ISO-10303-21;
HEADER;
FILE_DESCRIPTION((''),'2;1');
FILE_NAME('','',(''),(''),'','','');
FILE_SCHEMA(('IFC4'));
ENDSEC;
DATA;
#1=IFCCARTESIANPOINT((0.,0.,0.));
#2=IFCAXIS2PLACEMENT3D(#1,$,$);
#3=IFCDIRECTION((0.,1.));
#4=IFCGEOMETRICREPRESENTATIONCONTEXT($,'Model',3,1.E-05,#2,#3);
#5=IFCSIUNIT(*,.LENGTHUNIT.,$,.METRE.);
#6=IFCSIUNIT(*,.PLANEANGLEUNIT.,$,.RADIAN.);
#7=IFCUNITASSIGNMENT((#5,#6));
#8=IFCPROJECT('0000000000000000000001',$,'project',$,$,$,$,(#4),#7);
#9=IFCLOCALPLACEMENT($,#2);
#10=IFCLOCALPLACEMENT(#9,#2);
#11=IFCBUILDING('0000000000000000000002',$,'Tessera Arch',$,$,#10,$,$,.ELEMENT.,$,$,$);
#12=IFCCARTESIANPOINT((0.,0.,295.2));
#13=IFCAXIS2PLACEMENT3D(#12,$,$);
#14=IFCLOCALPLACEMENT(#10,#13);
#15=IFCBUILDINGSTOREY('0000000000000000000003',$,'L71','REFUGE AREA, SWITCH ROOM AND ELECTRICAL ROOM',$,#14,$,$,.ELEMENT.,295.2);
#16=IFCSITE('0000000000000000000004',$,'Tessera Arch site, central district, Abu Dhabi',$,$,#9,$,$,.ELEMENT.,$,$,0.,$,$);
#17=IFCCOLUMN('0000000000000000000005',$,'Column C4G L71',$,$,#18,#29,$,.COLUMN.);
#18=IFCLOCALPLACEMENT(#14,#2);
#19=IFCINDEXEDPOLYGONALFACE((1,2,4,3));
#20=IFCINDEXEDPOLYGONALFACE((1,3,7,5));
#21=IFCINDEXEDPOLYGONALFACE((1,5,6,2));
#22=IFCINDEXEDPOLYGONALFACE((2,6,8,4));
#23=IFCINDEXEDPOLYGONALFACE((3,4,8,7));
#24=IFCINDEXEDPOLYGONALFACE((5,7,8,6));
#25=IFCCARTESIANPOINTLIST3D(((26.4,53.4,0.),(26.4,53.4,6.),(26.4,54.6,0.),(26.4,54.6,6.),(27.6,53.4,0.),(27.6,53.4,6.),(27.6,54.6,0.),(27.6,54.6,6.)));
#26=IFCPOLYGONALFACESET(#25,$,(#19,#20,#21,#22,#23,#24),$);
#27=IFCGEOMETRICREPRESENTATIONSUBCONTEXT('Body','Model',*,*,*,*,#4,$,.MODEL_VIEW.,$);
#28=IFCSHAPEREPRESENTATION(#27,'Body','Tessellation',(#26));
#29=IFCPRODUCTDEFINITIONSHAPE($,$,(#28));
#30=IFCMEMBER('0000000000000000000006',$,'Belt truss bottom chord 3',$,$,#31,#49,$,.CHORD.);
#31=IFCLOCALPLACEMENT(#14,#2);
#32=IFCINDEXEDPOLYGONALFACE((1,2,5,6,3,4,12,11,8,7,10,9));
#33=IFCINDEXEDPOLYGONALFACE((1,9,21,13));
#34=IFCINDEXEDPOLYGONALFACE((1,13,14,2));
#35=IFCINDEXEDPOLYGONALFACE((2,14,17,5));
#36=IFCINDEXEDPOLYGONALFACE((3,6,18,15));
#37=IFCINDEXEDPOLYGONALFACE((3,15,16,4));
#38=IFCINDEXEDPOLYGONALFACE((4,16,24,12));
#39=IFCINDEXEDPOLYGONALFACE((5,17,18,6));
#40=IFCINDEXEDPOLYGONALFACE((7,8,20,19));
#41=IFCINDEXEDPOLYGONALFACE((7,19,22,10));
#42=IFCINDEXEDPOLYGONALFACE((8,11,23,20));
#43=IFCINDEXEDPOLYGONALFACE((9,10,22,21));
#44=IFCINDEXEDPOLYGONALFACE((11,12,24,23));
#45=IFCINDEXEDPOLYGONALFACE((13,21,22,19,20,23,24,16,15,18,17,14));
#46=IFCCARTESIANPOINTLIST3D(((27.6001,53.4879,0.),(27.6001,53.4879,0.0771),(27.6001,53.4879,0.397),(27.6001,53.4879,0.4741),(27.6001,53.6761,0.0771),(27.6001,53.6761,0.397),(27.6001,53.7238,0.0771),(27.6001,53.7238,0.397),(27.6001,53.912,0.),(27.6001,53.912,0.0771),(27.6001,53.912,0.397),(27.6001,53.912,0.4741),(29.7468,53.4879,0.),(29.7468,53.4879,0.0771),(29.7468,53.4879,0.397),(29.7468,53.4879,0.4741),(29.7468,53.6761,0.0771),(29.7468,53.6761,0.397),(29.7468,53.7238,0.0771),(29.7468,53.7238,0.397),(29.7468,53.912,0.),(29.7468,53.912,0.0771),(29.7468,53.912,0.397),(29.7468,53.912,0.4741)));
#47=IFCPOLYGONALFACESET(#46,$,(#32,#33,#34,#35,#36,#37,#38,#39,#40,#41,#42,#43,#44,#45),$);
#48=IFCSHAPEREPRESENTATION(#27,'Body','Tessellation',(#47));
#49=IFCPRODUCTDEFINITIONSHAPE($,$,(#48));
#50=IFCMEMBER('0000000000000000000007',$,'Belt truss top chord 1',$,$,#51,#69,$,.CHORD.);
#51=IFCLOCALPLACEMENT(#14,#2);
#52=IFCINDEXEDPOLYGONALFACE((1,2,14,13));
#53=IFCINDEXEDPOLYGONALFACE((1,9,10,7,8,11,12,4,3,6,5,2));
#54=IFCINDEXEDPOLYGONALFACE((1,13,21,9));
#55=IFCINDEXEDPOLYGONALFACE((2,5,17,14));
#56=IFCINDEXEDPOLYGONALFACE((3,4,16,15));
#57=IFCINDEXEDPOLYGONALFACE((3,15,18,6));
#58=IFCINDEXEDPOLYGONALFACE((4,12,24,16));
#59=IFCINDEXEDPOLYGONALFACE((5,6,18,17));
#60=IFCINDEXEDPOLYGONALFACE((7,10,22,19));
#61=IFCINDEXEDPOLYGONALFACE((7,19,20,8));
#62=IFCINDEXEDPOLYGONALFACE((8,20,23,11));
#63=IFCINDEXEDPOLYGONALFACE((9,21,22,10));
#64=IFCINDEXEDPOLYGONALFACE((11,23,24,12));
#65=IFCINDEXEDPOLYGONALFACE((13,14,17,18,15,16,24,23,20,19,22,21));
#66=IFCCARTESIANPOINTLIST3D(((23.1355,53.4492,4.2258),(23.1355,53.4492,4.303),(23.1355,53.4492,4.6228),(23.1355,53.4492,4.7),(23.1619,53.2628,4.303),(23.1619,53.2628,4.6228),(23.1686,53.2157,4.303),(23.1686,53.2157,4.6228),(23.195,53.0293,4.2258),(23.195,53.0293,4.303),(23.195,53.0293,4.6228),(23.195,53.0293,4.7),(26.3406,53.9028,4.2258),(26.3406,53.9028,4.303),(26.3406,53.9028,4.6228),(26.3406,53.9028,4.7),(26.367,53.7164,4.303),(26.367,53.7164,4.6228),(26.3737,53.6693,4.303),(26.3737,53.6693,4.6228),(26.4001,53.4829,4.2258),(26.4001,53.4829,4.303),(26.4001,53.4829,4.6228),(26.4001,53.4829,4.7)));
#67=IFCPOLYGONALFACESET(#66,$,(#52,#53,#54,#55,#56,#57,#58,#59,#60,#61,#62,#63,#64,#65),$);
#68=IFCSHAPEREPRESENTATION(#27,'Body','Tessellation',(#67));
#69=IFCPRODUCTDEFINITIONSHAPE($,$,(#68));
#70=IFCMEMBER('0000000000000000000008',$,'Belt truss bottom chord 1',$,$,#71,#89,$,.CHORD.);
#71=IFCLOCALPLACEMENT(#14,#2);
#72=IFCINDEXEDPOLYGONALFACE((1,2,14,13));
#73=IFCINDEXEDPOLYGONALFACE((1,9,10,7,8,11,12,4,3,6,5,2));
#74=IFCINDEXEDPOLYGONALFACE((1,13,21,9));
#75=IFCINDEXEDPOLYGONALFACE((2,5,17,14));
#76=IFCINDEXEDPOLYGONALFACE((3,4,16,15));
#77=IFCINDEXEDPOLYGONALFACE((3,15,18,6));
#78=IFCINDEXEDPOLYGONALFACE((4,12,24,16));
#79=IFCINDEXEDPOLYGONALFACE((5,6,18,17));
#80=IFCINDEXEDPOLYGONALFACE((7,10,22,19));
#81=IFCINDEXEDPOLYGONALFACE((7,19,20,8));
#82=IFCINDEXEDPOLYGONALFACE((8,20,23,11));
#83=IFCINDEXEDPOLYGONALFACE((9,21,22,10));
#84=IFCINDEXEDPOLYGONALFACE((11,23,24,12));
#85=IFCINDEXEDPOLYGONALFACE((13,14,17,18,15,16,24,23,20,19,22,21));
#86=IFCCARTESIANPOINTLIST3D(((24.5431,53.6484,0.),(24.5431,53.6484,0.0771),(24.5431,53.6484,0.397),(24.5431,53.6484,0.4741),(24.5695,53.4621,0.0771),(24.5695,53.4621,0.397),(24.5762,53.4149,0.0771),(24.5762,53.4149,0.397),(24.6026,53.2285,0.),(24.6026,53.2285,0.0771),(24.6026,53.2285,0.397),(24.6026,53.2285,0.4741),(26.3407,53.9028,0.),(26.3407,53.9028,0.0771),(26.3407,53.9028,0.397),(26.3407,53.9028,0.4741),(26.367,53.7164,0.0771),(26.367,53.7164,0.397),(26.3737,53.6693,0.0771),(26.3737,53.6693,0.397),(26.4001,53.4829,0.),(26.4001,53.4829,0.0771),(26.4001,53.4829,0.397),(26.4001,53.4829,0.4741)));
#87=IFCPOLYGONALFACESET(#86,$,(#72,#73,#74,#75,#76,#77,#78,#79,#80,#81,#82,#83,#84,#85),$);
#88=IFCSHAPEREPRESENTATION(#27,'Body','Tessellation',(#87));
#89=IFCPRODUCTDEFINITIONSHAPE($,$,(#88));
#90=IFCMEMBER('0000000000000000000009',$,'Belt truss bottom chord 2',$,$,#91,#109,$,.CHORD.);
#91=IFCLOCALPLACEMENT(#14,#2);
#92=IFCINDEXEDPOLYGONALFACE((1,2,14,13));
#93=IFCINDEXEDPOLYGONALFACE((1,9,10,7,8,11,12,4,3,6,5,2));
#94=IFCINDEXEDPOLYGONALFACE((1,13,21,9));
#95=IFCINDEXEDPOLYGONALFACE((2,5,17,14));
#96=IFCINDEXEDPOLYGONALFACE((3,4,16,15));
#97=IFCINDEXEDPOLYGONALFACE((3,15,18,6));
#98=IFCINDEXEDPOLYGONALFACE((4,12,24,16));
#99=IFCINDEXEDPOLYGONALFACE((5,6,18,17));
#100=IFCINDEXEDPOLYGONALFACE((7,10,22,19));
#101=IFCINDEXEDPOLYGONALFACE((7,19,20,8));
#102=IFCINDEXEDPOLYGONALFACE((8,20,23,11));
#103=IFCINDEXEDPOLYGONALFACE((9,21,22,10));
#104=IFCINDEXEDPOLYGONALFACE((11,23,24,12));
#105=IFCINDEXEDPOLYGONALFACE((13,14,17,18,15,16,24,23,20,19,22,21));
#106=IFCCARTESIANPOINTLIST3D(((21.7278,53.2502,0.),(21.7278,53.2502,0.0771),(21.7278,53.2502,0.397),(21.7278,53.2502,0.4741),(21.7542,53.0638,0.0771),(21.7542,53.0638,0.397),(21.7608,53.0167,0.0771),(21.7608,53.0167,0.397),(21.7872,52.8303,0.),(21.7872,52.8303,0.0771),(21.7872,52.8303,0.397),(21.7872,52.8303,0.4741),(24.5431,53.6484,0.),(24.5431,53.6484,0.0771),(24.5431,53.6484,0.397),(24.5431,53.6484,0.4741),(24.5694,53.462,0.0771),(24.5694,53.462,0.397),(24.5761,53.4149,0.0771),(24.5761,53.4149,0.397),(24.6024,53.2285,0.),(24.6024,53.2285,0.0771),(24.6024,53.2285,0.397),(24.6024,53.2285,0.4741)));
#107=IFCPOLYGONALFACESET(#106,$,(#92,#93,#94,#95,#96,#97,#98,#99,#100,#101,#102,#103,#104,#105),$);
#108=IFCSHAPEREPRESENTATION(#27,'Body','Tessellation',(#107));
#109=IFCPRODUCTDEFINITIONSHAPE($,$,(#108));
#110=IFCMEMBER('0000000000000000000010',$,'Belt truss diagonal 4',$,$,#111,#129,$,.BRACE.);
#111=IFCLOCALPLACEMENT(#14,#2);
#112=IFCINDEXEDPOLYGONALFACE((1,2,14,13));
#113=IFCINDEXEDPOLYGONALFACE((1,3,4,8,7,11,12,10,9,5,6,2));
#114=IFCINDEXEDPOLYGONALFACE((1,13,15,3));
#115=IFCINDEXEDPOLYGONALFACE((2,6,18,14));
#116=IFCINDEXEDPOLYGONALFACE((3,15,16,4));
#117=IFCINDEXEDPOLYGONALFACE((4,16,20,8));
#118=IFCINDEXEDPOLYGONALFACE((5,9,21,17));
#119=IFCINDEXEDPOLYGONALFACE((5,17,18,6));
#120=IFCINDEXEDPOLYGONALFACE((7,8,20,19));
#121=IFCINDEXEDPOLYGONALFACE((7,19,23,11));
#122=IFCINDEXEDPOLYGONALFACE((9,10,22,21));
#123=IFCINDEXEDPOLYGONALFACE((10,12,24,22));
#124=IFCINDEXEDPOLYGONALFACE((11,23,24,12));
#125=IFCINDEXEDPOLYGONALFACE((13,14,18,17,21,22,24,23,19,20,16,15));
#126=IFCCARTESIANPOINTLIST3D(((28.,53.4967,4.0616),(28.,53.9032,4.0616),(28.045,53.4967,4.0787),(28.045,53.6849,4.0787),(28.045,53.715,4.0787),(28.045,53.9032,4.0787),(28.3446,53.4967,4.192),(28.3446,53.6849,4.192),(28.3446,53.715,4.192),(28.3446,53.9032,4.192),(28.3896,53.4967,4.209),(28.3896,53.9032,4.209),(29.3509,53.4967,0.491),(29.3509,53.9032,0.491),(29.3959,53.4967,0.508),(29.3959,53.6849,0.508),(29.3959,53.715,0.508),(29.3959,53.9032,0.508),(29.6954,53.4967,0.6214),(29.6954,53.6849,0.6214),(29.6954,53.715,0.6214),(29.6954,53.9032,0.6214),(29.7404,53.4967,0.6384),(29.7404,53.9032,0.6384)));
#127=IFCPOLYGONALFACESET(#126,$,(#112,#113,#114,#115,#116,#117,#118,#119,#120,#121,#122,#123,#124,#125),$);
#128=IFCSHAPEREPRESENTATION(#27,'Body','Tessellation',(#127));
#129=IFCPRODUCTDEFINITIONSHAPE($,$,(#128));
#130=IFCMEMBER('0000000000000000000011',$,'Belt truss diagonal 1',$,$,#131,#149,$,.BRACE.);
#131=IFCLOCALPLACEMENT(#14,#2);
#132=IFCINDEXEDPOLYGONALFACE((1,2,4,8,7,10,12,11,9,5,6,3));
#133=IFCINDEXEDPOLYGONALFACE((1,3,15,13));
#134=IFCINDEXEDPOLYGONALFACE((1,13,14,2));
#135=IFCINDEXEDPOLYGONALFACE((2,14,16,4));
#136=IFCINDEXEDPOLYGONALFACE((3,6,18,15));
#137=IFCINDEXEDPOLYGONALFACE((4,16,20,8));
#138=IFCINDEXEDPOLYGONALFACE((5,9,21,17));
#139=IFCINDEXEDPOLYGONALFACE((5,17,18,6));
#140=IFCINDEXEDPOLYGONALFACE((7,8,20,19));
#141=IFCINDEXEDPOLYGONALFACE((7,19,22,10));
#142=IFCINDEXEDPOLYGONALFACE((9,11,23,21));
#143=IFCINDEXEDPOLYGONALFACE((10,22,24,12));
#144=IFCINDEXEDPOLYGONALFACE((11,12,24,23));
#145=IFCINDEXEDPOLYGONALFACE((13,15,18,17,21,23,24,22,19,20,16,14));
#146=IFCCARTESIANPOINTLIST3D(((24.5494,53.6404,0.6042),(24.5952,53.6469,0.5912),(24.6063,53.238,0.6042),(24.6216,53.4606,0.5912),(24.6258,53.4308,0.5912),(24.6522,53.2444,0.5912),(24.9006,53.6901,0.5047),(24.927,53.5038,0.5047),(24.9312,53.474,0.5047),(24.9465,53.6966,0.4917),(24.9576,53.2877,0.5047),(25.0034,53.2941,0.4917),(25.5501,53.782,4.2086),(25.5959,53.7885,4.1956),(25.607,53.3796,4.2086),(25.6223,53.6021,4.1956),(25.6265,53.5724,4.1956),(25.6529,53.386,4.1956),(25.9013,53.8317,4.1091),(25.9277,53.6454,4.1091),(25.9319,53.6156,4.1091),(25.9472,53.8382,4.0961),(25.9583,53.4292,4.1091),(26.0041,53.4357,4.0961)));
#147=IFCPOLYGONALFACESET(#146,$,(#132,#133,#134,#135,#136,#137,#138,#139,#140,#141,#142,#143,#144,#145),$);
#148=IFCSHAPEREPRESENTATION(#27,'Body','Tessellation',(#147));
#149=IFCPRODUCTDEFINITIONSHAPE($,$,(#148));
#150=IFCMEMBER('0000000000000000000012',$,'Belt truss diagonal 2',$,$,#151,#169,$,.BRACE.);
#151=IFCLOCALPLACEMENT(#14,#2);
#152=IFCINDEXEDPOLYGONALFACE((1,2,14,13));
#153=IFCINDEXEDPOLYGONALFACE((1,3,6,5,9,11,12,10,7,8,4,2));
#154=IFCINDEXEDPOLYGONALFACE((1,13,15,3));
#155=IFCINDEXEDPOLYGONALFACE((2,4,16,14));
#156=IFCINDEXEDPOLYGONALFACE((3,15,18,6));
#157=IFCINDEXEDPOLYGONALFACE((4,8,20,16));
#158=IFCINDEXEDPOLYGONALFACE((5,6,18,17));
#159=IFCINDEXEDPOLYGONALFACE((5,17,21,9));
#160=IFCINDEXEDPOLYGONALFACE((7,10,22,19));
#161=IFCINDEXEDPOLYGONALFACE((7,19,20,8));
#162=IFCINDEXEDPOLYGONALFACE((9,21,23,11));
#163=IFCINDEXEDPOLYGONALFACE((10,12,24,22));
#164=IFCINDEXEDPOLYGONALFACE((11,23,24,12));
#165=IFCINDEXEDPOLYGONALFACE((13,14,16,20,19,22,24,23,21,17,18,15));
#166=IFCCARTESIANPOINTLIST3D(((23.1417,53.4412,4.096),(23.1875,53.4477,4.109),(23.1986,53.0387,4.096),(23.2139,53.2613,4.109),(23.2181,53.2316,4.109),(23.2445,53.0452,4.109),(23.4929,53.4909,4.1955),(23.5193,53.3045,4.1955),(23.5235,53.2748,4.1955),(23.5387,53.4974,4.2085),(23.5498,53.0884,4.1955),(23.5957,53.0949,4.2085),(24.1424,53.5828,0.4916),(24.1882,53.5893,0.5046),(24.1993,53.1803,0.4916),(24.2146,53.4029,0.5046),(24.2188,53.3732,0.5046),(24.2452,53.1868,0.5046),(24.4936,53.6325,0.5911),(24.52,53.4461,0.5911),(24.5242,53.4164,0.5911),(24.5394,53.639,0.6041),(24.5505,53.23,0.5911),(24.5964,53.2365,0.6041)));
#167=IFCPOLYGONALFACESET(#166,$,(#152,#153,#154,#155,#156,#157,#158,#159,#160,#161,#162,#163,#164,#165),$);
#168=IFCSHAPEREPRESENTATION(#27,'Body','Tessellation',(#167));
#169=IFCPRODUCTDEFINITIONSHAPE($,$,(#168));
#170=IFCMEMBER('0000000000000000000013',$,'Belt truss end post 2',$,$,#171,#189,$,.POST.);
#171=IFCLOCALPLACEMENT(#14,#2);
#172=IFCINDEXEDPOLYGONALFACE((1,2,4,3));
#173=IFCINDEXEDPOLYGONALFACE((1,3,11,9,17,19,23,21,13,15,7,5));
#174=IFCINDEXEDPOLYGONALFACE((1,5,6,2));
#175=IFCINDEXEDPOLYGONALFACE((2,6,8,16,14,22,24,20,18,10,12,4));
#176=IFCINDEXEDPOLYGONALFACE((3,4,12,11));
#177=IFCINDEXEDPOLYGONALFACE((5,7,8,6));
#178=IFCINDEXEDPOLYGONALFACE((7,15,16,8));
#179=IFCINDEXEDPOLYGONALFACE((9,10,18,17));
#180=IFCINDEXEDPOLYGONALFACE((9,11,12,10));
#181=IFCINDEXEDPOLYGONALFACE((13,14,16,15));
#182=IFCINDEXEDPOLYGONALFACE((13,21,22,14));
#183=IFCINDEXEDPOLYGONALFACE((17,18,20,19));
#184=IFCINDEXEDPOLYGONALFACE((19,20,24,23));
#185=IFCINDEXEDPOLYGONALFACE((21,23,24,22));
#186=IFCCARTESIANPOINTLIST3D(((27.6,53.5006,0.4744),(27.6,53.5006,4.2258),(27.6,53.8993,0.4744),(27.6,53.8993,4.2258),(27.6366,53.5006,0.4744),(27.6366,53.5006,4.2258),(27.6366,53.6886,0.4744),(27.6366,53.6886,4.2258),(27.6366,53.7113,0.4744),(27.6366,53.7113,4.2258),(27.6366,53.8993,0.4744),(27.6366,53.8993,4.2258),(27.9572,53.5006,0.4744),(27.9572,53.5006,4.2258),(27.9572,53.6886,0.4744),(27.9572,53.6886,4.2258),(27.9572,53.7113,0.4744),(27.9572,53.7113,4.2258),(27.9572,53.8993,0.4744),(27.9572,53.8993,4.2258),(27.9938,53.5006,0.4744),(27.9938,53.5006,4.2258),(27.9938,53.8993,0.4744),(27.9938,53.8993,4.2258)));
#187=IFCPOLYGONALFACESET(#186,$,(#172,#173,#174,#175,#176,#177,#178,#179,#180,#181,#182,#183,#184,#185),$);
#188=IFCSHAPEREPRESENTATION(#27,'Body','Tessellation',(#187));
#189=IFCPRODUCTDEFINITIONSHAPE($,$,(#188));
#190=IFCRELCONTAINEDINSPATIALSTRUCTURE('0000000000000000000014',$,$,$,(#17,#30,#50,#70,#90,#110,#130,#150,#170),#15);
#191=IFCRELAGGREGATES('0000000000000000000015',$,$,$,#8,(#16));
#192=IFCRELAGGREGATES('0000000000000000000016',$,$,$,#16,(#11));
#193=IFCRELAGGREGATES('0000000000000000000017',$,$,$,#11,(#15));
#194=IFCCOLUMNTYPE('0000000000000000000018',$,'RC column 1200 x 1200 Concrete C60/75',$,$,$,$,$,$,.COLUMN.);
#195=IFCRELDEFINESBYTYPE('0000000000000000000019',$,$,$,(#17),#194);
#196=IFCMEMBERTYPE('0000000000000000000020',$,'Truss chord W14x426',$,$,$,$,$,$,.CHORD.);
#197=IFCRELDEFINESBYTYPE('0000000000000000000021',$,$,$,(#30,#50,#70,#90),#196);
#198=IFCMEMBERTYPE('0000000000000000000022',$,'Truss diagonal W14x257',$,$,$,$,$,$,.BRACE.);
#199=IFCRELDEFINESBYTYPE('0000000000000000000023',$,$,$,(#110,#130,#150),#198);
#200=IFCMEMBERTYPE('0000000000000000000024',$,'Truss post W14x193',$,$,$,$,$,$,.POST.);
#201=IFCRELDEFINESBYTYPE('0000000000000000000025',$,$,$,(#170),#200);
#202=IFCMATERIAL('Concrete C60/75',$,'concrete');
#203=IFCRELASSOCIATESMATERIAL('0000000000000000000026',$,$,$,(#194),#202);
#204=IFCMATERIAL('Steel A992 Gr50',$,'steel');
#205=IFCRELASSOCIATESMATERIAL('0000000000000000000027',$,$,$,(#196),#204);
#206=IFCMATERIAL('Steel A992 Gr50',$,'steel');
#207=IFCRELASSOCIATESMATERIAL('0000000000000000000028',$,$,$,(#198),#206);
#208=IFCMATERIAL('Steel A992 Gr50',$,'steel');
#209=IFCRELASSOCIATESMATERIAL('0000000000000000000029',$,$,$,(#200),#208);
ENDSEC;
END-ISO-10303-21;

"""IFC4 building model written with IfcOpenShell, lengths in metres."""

from ifc_helpers import new_model, si_unit, direction, frame, origin, origin_2d, place, context, subcontext, project, spatial, rectangle, i_section, extrude, material, material_profile, profile_set, type_object, element, save


model = new_model("IFC4")

# Units and contexts
model_context = context("Model", 3, precision=1e-05, world=origin(), true_north=direction((0.0, 1.0)))
body_context = subcontext(model_context, "Body", "Model", "MODEL_VIEW")
ifc_project = project(units=[si_unit("LENGTHUNIT", "METRE"), si_unit("PLANEANGLEUNIT", "RADIAN")], contexts=[model_context])

# Site, building, storey
site_placement = place(None, origin())
site = spatial("IfcSite", under=ifc_project, at=site_placement, Name="Tessera Arch site, central district, Abu Dhabi", CompositionType="ELEMENT", RefElevation=0.0)
building_placement = place(site_placement, origin())
building = spatial("IfcBuilding", under=site, at=building_placement, Name="Tessera Arch", CompositionType="ELEMENT")
storey_placement = place(building_placement, frame((0.0, 0.0, 295.2)))
storey = spatial("IfcBuildingStorey", under=building, at=storey_placement, Name="L71", Description="REFUGE AREA, SWITCH ROOM AND ELECTRICAL ROOM", CompositionType="ELEMENT", Elevation=295.2)

# Column
ifc_material_1 = material(Name="Concrete C60/75", Category="concrete")
ifc_material_profile_1 = material_profile(ifc_material_1, rectangle(XDim=1.2, YDim=1.2, at=origin_2d()), Name="RC column 1200 x 1200 Concrete C60/75")
ifc_profile_set_1 = profile_set([ifc_material_profile_1], Name="Concrete C60/75")
column_type = type_object("IfcColumnType", Name="RC column 1200 x 1200 Concrete C60/75", PredefinedType="COLUMN", material=ifc_profile_set_1)
column_placement = place(storey_placement, frame((27.0, 54.0, 0.0), z_axis=(0.0, 0.0, 1.0), x_axis=(1.0, 0.0, 0.0)))
element("IfcColumn", 1, at=column_placement, inside=storey, type_object=column_type, Name="Column C4G L71", PredefinedType="COLUMN", context=body_context, shape_type="SweptSolid", body=[
    extrude(rectangle(XDim=1.2, YDim=1.2, at=origin_2d()), origin(), (0.0, 0.0, 1.0), 6.0),
])

# Members
ifc_material_2 = material(Name="Steel A992 Gr50", Category="steel")
ifc_material_profile_2 = material_profile(ifc_material_2, i_section(OverallWidth=0.4241, OverallDepth=0.4741, WebThickness=0.0476, FlangeThickness=0.0771, at=origin_2d()), Name="W14x426")
ifc_profile_set_2 = profile_set([ifc_material_profile_2], Name="Steel A992 Gr50")
member_type_1 = type_object("IfcMemberType", Name="Truss chord W14x426", PredefinedType="CHORD", material=ifc_profile_set_2)
member_1_placement = place(storey_placement, frame((29.7468, 53.7, 0.2371), z_axis=(-1.0, 0.0, 0.0), x_axis=(0.0, -1.0, 0.0)))
element("IfcMember", 2, at=member_1_placement, inside=storey, type_object=member_type_1, Name="Belt truss bottom chord 3", PredefinedType="CHORD", context=body_context, shape_type="SweptSolid", body=[
    extrude(i_section(OverallWidth=0.4241, OverallDepth=0.4741, WebThickness=0.0476, FlangeThickness=0.0771, at=origin_2d()), origin(), (0.0, 0.0, 1.0), 2.1467),
])
member_2_placement = place(storey_placement, frame((26.3704, 53.6929, 4.4629), z_axis=(-0.990133, -0.140133, 0.0), x_axis=(0.140133, -0.990133, 0.0)))
element("IfcMember", 3, at=member_2_placement, inside=storey, type_object=member_type_1, Name="Belt truss top chord 1", PredefinedType="CHORD", context=body_context, shape_type="SweptSolid", body=[
    extrude(i_section(OverallWidth=0.4241, OverallDepth=0.4741, WebThickness=0.0476, FlangeThickness=0.0771, at=origin_2d()), origin(), (0.0, 0.0, 1.0), 3.2371),
])
member_3_placement = place(storey_placement, frame((26.3704, 53.6929, 0.2371), z_axis=(-0.990134, -0.140122, 0.0), x_axis=(0.140122, -0.990134, 0.0)))
element("IfcMember", 4, at=member_3_placement, inside=storey, type_object=member_type_1, Name="Belt truss bottom chord 1", PredefinedType="CHORD", context=body_context, shape_type="SweptSolid", body=[
    extrude(i_section(OverallWidth=0.4241, OverallDepth=0.4741, WebThickness=0.0476, FlangeThickness=0.0771, at=origin_2d()), origin(), (0.0, 0.0, 1.0), 1.8154),
])
member_4_placement = place(storey_placement, frame((24.5728, 53.4385, 0.2371), z_axis=(-0.990144, -0.140051, 0.0), x_axis=(0.140051, -0.990144, 0.0)))
element("IfcMember", 5, at=member_4_placement, inside=storey, type_object=member_type_1, Name="Belt truss bottom chord 2", PredefinedType="CHORD", context=body_context, shape_type="SweptSolid", body=[
    extrude(i_section(OverallWidth=0.4241, OverallDepth=0.4741, WebThickness=0.0476, FlangeThickness=0.0771, at=origin_2d()), origin(), (0.0, 0.0, 1.0), 2.8433),
])
ifc_material_3 = material(Name="Steel A992 Gr50", Category="steel")
ifc_material_profile_3 = material_profile(ifc_material_3, i_section(OverallWidth=0.4065, OverallDepth=0.4165, WebThickness=0.03, FlangeThickness=0.0481, at=origin_2d()), Name="W14x257")
ifc_profile_set_3 = profile_set([ifc_material_profile_3], Name="Steel A992 Gr50")
member_type_2 = type_object("IfcMemberType", Name="Truss diagonal W14x257", PredefinedType="BRACE", material=ifc_profile_set_3)
member_5_placement = place(storey_placement, frame((29.5457, 53.7, 0.5647), z_axis=(-0.353848, 0.0, 0.935303), x_axis=(0.0, -1.0, 0.0)))
element("IfcMember", 6, at=member_5_placement, inside=storey, type_object=member_type_2, Name="Belt truss diagonal 4", PredefinedType="BRACE", context=body_context, shape_type="SweptSolid", body=[
    extrude(i_section(OverallWidth=0.4065, OverallDepth=0.4165, WebThickness=0.03, FlangeThickness=0.0481, at=origin_2d()), origin(), (0.0, 0.0, 1.0), 3.8176),
])
for number, where, z_axis, x_axis, name in (
    (7, (25.7771, 53.6089, 4.1523), (-0.267325, -0.037826, -0.962864), (0.140102, -0.990137, 0.0), "Belt truss diagonal 1"),
    (8, (24.3694, 53.4097, 0.5479), (-0.267325, -0.037826, 0.962864), (0.140102, -0.990137, 0.0), "Belt truss diagonal 2"),
):
    element("IfcMember", number, at=place(storey_placement, frame(where, z_axis=z_axis, x_axis=x_axis)), inside=storey, type_object=member_type_2, Name=name, PredefinedType="BRACE", context=body_context, shape_type="SweptSolid", body=[
        extrude(i_section(OverallWidth=0.4065, OverallDepth=0.4165, WebThickness=0.03, FlangeThickness=0.0481, at=origin_2d()), origin(), (0.0, 0.0, 1.0), 3.7434),
    ])
ifc_material_4 = material(Name="Steel A992 Gr50", Category="steel")
ifc_material_profile_4 = material_profile(ifc_material_4, i_section(OverallWidth=0.3987, OverallDepth=0.3938, WebThickness=0.0227, FlangeThickness=0.0366, at=origin_2d()), Name="W14x193")
ifc_profile_set_4 = profile_set([ifc_material_profile_4], Name="Steel A992 Gr50")
member_type_3 = type_object("IfcMemberType", Name="Truss post W14x193", PredefinedType="POST", material=ifc_profile_set_4)
for number, where, z_axis, x_axis, name in (
    (9, (27.7969, 53.7, 0.4744), (0.0, 0.0, 1.0), (0.0, 1.0, 0.0), "Belt truss end post 2"),
):
    element("IfcMember", number, at=place(storey_placement, frame(where, z_axis=z_axis, x_axis=x_axis)), inside=storey, type_object=member_type_3, Name=name, PredefinedType="POST", context=body_context, shape_type="SweptSolid", body=[
        extrude(i_section(OverallWidth=0.3987, OverallDepth=0.3938, WebThickness=0.0227, FlangeThickness=0.0366, at=origin_2d()), origin(), (0.0, 0.0, 1.0), 3.7515),
    ])

save(model, "model.ifc")
